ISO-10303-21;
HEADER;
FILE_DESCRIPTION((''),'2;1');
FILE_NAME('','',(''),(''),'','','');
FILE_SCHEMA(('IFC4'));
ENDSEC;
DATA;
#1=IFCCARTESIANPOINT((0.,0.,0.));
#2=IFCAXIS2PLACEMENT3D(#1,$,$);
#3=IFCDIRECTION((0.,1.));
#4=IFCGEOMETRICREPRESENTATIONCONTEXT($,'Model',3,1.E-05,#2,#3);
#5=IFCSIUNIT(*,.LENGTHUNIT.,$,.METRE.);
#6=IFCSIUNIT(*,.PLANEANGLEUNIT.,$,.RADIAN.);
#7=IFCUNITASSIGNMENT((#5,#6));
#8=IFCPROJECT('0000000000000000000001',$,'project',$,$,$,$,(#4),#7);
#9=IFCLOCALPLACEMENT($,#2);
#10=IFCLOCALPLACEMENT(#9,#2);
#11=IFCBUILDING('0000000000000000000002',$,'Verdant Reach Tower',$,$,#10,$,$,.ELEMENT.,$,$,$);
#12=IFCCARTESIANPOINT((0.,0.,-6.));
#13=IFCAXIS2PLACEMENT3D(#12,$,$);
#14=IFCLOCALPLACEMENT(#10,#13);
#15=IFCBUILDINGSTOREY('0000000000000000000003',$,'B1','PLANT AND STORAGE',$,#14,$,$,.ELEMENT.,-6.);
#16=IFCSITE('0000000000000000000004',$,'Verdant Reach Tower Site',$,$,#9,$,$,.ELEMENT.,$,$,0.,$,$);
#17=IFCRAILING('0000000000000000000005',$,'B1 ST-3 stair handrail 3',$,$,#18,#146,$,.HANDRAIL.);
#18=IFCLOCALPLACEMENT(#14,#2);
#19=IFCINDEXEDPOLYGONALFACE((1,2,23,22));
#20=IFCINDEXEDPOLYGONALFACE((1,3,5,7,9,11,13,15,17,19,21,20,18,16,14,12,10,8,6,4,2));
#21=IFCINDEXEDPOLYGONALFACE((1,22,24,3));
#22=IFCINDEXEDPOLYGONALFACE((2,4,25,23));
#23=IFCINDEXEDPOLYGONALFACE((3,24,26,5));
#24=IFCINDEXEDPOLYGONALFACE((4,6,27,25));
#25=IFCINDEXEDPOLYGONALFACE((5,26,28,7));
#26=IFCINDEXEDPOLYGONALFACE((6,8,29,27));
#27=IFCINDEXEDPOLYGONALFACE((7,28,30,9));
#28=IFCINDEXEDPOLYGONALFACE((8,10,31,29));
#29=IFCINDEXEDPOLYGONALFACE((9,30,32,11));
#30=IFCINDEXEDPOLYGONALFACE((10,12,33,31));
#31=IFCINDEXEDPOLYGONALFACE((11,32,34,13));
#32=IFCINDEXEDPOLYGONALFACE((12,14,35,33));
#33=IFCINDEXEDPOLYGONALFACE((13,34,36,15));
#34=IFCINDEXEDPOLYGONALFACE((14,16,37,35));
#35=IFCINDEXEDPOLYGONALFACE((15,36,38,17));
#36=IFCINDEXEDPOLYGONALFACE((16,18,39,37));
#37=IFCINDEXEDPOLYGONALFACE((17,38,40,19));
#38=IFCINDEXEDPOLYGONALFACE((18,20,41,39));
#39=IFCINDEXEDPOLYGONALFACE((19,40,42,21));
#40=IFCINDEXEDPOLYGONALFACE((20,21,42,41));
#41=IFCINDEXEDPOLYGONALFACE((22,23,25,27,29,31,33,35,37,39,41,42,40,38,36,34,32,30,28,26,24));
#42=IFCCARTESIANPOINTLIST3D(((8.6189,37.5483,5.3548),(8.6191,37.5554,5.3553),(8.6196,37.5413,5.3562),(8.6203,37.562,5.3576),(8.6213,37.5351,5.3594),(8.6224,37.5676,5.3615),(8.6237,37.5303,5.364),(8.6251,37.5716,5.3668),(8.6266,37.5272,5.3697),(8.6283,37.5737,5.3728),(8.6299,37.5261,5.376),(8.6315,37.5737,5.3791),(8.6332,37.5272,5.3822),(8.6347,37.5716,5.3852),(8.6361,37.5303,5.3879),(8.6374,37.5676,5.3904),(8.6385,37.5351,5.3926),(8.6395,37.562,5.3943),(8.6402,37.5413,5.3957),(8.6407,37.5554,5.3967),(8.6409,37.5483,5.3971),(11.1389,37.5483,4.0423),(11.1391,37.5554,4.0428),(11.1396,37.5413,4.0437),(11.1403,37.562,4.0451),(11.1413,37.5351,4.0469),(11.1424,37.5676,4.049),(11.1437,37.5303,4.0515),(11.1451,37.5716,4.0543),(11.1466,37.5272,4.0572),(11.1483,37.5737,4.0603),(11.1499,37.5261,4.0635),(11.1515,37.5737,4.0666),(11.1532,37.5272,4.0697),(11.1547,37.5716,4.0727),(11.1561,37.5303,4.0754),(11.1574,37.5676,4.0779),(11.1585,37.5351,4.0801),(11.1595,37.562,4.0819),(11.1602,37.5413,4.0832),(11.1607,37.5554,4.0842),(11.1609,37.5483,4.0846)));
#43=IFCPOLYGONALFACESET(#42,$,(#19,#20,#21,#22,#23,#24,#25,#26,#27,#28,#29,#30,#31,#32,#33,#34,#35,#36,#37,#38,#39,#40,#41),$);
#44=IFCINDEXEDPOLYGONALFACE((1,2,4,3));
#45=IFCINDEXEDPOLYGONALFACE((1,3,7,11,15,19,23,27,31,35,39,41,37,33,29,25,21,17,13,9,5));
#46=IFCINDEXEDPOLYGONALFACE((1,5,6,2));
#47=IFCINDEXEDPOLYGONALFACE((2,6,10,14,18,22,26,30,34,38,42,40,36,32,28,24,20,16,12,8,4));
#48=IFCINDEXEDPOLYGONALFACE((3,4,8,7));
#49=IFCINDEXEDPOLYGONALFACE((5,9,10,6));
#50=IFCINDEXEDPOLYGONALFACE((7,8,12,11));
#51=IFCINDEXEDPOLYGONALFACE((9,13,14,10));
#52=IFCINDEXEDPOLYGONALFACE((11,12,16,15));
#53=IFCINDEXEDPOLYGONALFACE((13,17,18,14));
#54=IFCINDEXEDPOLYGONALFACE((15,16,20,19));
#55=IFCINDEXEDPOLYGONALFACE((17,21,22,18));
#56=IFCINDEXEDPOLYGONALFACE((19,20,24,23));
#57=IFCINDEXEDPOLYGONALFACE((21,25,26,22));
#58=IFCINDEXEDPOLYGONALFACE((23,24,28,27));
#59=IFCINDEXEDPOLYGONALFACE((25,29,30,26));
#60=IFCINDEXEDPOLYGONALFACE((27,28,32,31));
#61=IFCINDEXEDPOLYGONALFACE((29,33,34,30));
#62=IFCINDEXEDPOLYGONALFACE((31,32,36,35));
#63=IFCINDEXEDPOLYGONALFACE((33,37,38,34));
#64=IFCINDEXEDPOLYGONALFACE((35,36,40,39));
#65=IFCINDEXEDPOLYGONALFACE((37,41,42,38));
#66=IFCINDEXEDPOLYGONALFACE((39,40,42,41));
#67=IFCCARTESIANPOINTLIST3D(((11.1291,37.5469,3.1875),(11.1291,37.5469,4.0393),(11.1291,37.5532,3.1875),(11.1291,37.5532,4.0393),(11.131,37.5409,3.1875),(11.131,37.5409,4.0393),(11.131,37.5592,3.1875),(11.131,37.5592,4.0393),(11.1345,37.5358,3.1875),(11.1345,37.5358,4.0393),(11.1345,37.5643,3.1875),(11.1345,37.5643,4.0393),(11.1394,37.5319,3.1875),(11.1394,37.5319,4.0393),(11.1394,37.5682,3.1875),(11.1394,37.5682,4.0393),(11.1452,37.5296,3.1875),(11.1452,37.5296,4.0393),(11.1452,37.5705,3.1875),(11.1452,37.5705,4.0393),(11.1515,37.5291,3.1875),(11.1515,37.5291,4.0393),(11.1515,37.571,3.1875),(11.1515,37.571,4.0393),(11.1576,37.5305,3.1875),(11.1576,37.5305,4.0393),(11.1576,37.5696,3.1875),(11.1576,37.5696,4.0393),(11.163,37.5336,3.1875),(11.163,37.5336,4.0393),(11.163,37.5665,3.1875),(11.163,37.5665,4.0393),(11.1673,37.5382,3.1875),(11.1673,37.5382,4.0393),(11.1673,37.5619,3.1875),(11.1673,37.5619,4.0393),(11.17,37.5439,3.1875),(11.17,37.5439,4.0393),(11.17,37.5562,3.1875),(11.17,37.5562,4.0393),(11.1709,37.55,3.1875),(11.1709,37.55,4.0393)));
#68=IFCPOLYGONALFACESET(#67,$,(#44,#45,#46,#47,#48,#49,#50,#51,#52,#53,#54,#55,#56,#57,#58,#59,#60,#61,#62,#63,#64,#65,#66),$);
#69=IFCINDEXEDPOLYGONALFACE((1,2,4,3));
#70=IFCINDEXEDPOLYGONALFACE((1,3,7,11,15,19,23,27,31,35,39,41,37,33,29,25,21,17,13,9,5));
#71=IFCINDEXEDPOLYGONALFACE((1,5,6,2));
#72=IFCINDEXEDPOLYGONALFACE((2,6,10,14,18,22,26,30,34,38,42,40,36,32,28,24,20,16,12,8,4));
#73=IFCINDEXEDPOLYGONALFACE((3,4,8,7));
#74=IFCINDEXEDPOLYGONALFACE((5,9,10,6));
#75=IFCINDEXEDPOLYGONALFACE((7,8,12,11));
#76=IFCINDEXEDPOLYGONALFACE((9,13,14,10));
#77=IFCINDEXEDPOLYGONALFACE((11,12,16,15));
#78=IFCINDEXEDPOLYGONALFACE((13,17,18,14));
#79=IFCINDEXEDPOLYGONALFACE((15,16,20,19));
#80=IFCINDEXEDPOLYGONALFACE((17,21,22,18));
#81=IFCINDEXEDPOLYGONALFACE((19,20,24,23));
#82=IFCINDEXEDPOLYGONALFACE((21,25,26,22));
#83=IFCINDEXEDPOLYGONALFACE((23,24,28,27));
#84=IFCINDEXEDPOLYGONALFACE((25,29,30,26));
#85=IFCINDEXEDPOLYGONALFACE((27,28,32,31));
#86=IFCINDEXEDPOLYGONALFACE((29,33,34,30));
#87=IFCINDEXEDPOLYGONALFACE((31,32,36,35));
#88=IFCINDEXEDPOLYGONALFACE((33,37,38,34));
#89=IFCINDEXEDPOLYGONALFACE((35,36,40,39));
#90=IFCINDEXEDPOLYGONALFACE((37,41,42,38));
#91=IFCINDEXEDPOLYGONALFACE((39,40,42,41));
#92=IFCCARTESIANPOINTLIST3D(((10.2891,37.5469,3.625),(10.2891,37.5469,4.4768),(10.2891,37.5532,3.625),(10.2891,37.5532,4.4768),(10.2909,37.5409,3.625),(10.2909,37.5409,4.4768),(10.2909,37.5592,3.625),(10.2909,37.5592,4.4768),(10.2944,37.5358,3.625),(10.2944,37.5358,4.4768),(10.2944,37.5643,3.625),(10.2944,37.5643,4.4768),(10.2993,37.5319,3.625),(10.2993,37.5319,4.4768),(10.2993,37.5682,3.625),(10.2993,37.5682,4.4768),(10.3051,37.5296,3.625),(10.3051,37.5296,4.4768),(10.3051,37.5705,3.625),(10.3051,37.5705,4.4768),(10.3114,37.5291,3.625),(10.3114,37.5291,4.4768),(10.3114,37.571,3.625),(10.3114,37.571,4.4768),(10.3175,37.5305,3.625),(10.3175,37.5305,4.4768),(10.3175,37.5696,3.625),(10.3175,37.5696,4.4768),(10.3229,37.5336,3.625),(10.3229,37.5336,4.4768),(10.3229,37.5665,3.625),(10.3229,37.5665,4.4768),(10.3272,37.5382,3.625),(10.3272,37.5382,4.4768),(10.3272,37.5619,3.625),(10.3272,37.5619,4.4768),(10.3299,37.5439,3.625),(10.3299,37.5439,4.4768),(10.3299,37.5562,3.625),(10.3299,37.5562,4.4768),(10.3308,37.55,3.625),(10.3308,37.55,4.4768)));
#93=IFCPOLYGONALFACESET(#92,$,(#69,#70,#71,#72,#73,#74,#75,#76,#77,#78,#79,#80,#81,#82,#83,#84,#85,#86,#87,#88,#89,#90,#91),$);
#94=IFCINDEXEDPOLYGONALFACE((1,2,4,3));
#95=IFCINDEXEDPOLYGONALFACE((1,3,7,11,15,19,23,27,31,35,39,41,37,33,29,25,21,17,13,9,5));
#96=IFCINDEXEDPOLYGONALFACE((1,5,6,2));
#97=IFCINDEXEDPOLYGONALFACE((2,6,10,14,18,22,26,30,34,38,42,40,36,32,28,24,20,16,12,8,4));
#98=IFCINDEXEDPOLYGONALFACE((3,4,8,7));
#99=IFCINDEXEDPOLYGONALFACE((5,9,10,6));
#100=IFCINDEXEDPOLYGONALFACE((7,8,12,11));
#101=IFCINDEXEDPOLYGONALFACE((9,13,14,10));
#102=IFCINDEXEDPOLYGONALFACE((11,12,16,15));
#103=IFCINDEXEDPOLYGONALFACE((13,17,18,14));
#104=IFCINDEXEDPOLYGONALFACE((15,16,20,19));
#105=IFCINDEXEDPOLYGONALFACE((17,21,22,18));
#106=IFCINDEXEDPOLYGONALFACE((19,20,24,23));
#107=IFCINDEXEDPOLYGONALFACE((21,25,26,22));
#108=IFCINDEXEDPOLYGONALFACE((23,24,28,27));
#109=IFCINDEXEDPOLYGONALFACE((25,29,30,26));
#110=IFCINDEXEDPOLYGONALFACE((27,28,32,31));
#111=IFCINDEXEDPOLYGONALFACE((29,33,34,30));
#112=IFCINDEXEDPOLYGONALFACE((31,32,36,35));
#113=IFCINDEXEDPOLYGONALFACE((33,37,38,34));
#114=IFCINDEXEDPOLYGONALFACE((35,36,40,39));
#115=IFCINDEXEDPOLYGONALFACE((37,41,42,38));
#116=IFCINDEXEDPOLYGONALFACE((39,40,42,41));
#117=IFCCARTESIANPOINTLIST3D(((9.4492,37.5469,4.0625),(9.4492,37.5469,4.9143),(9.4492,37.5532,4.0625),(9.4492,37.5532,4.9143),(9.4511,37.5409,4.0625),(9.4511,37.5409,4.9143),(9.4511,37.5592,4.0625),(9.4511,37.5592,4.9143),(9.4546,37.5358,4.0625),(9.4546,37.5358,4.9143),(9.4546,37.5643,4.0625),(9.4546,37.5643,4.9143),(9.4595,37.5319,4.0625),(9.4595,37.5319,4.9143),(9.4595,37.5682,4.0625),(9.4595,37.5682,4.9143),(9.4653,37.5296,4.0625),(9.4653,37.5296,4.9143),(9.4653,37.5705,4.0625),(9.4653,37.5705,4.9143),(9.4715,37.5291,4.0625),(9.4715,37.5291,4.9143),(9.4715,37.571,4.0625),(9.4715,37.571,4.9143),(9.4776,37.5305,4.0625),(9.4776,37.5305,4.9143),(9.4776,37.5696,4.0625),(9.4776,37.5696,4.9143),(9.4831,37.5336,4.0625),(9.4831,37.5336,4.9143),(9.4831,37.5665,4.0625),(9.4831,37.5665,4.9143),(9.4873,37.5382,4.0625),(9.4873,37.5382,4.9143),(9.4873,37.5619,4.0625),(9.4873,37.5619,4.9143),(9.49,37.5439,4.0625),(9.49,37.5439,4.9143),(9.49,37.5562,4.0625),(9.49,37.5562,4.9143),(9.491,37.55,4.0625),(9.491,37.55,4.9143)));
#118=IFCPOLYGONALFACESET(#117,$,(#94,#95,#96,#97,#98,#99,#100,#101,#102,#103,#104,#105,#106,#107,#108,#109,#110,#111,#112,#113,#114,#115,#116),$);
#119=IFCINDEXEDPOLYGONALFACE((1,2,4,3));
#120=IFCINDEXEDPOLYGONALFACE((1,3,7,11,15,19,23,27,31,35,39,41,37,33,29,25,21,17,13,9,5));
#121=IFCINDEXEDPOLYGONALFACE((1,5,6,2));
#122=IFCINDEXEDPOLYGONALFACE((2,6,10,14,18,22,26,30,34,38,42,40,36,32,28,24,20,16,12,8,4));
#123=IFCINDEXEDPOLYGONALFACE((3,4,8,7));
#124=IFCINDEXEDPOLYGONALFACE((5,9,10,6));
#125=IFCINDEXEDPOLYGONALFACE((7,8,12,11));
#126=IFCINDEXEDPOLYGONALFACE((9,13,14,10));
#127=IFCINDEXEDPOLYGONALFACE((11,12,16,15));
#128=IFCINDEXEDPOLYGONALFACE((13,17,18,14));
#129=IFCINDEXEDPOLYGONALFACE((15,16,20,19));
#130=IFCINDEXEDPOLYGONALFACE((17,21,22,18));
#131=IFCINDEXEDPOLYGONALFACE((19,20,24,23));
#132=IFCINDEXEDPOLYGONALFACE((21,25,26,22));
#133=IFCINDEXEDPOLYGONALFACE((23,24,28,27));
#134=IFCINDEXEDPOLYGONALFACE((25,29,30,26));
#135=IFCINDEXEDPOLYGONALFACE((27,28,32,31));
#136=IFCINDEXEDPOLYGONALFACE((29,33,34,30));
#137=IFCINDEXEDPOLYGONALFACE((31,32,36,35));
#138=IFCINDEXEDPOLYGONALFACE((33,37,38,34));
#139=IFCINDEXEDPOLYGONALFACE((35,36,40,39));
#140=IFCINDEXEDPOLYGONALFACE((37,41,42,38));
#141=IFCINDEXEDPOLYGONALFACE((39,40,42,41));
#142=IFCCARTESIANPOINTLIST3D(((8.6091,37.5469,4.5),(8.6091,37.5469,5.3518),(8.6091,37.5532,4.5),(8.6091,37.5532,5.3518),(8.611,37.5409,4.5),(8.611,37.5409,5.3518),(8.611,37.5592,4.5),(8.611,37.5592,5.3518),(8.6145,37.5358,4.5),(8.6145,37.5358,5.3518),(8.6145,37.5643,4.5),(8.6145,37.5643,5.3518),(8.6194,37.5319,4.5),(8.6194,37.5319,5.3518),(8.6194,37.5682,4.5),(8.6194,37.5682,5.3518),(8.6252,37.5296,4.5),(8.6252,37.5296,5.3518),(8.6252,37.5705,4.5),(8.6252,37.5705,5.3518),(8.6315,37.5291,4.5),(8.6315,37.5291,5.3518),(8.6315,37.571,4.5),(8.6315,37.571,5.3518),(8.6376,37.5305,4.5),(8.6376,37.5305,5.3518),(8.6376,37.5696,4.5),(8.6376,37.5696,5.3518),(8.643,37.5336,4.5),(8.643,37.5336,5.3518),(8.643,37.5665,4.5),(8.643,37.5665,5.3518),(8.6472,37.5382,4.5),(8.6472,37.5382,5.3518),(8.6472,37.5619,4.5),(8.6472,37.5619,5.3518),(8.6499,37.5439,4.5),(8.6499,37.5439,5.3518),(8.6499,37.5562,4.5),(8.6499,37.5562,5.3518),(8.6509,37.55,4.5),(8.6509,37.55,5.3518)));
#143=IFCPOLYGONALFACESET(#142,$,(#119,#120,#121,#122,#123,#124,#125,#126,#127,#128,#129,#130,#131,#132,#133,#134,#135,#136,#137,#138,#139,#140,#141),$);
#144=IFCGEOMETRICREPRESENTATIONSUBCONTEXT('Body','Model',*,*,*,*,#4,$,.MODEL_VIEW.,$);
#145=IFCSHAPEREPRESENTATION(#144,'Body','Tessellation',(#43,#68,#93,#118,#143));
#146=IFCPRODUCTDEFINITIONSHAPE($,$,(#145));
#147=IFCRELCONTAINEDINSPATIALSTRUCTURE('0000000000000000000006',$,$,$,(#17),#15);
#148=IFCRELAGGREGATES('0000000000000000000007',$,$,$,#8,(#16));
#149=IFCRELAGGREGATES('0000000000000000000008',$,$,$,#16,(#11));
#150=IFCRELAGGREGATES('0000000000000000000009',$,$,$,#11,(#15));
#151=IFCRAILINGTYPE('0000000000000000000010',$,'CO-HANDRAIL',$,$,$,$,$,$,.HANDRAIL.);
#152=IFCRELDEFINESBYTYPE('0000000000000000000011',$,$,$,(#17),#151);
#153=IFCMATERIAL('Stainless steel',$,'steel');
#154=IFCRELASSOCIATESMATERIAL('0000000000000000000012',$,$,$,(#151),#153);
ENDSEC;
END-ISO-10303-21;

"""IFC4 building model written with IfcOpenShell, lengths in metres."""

from ifc_helpers import new_model, si_unit, direction, frame, origin, origin_2d, place, context, subcontext, project, spatial, circle, extrude, material, type_object, element, save


model = new_model("IFC4")

# Units and contexts
model_context = context("Model", 3, precision=1e-05, world=origin(), true_north=direction((0.0, 1.0)))
body_context = subcontext(model_context, "Body", "Model", "MODEL_VIEW")
ifc_project = project(units=[si_unit("LENGTHUNIT", "METRE"), si_unit("PLANEANGLEUNIT", "RADIAN")], contexts=[model_context])

# Site, building, storey
site_placement = place(None, origin())
site = spatial("IfcSite", under=ifc_project, at=site_placement, Name="Verdant Reach Tower Site", CompositionType="ELEMENT", RefElevation=0.0)
building_placement = place(site_placement, origin())
building = spatial("IfcBuilding", under=site, at=building_placement, Name="Verdant Reach Tower", CompositionType="ELEMENT")
storey_placement = place(building_placement, frame((0.0, 0.0, -6.0)))
storey = spatial("IfcBuildingStorey", under=building, at=storey_placement, Name="B1", Description="PLANT AND STORAGE", CompositionType="ELEMENT", Elevation=-6.0)

# Railing
ifc_material_1 = material(Name="Stainless steel", Category="steel")
railing_type_1 = type_object("IfcRailingType", Name="CO-HANDRAIL", PredefinedType="HANDRAIL", material=ifc_material_1)
for number, where, name in (
    (1, (11.1499, 37.55, 3.1875), "B1 ST-3 stair handrail 3"),
):
    element("IfcRailing", number, at=place(storey_placement, frame(where)), inside=storey, type_object=railing_type_1, Name=name, PredefinedType="HANDRAIL", context=body_context, shape_type="SweptSolid", body=[
        extrude(circle(Radius=0.0239, at=origin_2d()), frame((0.0, 0.0, 0.876), z_axis=(-0.886916, 0.0, 0.461932), x_axis=(0.0, -1.0, 0.0)), (0.0, 0.0, 1.0), 2.8413),
        extrude(circle(Radius=0.021, at=origin_2d()), origin(), (0.0, 0.0, 1.0), 0.8518),
        extrude(circle(Radius=0.021, at=origin_2d()), frame((-0.8401, 0.0, 0.4375)), (0.0, 0.0, 1.0), 0.8518),
        extrude(circle(Radius=0.021, at=origin_2d()), frame((-1.6799, 0.0, 0.875)), (0.0, 0.0, 1.0), 0.8518),
        extrude(circle(Radius=0.021, at=origin_2d()), frame((-2.52, 0.0, 1.3125)), (0.0, 0.0, 1.0), 0.8518),
    ])

save(model, "model.ifc")
